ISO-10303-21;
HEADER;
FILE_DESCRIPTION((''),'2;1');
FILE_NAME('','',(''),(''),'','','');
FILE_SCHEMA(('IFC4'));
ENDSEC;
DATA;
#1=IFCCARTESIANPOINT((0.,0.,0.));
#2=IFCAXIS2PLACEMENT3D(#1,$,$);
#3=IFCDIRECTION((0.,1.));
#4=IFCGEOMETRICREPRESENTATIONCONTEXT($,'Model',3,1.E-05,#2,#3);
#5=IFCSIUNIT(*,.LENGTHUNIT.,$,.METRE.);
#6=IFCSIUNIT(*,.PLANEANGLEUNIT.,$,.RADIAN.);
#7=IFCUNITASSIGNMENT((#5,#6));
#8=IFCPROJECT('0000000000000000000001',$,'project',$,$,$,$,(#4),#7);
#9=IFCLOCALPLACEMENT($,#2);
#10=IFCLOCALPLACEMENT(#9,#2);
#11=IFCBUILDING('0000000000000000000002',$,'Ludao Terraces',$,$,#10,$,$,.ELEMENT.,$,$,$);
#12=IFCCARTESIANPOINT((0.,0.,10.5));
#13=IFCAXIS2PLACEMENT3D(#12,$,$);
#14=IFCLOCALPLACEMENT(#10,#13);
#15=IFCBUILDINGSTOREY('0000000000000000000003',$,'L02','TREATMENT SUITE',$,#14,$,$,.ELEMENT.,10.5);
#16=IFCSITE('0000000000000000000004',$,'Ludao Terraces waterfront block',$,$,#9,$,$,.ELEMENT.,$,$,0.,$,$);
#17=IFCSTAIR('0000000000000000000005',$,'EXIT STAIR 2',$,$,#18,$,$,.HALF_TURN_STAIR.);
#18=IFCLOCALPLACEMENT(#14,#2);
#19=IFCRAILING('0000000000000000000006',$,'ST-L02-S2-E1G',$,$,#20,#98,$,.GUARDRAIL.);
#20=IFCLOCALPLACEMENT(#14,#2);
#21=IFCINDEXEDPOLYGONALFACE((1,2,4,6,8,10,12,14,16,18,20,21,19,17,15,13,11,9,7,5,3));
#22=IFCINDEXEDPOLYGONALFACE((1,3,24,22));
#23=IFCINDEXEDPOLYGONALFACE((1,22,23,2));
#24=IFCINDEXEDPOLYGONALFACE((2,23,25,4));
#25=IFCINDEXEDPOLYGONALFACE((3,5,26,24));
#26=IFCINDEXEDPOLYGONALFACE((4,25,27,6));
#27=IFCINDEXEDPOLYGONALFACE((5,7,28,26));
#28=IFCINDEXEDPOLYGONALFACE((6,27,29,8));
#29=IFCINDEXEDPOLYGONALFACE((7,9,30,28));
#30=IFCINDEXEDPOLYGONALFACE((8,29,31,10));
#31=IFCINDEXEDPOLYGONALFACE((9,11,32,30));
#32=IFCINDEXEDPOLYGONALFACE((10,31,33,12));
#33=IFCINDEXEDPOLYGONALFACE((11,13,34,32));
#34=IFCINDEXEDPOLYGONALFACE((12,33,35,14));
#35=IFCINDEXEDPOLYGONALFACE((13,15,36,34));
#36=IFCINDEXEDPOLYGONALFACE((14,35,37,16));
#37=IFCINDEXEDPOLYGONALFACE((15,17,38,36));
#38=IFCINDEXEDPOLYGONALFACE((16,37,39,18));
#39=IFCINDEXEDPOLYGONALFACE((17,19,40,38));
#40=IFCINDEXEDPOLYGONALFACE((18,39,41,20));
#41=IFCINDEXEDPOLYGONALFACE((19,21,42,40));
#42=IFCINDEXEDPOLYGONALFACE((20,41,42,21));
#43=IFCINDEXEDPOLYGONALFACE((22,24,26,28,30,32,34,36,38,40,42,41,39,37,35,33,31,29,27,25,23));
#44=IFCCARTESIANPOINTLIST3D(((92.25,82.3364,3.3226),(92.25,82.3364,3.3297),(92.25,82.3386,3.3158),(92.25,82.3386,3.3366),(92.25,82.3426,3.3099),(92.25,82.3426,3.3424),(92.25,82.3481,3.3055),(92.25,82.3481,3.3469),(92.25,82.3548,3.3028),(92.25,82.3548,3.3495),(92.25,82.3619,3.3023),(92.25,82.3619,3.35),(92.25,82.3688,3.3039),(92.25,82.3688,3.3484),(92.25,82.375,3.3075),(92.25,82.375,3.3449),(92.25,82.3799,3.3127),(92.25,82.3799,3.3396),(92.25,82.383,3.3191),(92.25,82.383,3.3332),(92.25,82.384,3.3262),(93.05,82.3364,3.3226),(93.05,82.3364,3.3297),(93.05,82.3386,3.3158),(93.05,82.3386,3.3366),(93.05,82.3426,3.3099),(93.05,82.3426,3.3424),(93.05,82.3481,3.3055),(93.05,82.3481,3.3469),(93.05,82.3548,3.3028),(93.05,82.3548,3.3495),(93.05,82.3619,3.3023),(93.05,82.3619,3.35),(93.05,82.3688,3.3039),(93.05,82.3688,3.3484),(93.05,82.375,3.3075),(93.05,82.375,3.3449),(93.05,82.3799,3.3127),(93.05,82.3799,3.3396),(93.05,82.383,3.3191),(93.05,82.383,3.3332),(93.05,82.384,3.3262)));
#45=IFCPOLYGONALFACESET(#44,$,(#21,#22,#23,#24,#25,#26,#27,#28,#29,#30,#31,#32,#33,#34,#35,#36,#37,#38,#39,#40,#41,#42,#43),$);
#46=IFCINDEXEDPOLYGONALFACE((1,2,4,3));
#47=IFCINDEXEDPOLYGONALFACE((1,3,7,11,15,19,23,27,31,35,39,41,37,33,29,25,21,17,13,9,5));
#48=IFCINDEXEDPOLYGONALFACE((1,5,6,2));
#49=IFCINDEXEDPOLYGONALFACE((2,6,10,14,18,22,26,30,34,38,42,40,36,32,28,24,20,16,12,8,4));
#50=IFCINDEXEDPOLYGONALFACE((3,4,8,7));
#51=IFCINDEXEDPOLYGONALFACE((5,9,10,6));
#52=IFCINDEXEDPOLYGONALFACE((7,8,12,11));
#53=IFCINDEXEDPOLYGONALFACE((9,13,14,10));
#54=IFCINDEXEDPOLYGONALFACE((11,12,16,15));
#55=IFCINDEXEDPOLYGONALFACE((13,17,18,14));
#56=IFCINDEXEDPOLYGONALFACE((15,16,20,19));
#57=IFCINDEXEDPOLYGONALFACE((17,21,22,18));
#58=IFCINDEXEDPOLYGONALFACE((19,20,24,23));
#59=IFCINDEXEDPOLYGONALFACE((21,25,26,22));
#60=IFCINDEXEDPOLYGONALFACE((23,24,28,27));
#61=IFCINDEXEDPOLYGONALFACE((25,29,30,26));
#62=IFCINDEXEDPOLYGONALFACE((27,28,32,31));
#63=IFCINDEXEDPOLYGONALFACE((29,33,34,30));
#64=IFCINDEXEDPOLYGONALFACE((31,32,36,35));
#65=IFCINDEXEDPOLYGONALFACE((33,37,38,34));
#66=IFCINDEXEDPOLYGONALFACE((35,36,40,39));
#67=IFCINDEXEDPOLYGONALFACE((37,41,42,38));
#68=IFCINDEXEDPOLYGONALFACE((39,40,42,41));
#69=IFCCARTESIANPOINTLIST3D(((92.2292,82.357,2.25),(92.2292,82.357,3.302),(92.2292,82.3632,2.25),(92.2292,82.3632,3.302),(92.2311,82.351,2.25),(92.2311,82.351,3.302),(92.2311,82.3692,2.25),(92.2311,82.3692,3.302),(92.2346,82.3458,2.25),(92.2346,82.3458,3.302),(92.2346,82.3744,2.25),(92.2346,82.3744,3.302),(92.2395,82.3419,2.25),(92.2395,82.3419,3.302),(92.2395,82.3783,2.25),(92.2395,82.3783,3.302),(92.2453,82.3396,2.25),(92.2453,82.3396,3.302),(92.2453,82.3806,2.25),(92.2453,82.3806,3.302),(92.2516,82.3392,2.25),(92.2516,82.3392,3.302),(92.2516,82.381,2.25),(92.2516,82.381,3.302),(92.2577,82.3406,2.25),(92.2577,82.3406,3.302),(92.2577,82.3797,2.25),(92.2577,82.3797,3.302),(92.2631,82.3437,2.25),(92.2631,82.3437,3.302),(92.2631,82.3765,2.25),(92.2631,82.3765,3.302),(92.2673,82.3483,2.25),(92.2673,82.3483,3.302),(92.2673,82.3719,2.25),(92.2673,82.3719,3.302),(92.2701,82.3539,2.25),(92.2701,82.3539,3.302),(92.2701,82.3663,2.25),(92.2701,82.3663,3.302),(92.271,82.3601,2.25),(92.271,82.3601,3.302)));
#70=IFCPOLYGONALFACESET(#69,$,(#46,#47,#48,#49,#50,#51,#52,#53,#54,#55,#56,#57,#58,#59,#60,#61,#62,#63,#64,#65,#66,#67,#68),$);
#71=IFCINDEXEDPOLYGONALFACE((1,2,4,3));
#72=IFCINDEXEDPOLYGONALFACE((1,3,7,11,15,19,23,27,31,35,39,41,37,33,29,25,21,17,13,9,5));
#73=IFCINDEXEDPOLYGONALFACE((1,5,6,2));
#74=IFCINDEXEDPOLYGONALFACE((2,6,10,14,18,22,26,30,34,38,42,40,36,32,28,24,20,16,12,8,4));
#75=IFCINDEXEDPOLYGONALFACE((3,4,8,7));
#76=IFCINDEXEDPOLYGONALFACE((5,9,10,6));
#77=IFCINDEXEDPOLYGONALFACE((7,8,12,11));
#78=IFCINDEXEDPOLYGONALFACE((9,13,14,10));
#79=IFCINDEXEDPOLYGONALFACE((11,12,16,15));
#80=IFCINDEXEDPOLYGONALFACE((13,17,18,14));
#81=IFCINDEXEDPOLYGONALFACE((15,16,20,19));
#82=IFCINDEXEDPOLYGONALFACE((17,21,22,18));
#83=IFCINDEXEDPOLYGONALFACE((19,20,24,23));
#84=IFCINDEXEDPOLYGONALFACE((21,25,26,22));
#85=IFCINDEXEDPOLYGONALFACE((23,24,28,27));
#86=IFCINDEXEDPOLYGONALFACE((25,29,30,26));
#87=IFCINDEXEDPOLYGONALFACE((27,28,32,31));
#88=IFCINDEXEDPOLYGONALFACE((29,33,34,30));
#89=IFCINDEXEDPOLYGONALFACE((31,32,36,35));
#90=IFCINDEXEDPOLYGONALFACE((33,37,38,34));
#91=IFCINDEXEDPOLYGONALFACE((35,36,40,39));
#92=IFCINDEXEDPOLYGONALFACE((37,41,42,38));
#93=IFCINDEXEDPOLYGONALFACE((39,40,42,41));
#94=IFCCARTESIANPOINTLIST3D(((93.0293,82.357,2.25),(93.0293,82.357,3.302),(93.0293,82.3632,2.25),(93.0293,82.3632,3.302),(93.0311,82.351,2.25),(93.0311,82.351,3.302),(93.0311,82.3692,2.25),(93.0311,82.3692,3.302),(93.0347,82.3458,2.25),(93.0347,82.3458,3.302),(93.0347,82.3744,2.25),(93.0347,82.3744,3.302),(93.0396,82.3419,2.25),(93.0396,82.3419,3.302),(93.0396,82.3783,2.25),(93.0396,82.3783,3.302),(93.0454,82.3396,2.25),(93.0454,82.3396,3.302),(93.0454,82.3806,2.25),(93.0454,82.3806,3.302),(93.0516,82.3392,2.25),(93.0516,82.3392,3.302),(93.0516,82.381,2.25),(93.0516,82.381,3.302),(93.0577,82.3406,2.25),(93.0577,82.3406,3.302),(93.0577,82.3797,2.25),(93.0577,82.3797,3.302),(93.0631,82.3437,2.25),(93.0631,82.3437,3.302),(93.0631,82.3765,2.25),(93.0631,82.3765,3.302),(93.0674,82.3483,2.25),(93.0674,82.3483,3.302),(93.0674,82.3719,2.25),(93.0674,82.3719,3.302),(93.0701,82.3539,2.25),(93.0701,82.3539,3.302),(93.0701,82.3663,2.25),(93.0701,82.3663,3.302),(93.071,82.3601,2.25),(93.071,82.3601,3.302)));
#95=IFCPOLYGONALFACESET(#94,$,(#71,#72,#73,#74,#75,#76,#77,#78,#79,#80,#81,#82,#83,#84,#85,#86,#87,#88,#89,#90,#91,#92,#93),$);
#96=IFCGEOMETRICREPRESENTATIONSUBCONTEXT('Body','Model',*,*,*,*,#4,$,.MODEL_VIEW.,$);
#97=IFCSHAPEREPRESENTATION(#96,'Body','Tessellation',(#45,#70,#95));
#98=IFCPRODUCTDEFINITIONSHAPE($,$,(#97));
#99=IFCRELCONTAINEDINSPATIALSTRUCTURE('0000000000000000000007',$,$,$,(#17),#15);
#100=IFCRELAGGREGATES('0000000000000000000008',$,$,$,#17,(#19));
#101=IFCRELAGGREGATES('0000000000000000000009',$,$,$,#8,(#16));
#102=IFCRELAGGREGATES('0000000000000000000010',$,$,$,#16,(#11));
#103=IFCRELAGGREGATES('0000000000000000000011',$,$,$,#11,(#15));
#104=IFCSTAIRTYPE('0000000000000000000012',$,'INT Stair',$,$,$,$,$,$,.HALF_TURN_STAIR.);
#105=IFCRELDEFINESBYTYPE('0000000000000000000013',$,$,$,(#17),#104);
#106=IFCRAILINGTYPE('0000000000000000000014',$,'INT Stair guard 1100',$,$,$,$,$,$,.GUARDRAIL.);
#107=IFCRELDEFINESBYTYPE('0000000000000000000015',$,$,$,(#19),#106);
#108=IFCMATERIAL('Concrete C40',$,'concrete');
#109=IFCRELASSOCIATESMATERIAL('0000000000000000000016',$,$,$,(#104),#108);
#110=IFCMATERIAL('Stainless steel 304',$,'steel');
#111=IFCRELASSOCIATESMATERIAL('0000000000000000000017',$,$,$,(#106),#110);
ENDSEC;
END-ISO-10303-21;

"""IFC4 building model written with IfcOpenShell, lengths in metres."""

from ifc_helpers import new_model, si_unit, direction, frame, origin, origin_2d, place, context, subcontext, project, spatial, circle, extrude, material, type_object, element, aggregate, save


model = new_model("IFC4")

# Units and contexts
model_context = context("Model", 3, precision=1e-05, world=origin(), true_north=direction((0.0, 1.0)))
body_context = subcontext(model_context, "Body", "Model", "MODEL_VIEW")
ifc_project = project(units=[si_unit("LENGTHUNIT", "METRE"), si_unit("PLANEANGLEUNIT", "RADIAN")], contexts=[model_context])

# Site, building, storey
site_placement = place(None, origin())
site = spatial("IfcSite", under=ifc_project, at=site_placement, Name="Ludao Terraces waterfront block", CompositionType="ELEMENT", RefElevation=0.0)
building_placement = place(site_placement, origin())
building = spatial("IfcBuilding", under=site, at=building_placement, Name="Ludao Terraces", CompositionType="ELEMENT")
storey_placement = place(building_placement, frame((0.0, 0.0, 10.5)))
storey = spatial("IfcBuildingStorey", under=building, at=storey_placement, Name="L02", Description="TREATMENT SUITE", CompositionType="ELEMENT", Elevation=10.5)

# Shared definitions
ifc_material_1 = material(Name="Concrete C40", Category="concrete")

# Stair, railing
stair_type = type_object("IfcStairType", Name="INT Stair", PredefinedType="HALF_TURN_STAIR", material=ifc_material_1)
stair_placement = place(storey_placement, origin())
stair = element("IfcStair", 1, at=stair_placement, inside=storey, type_object=stair_type, Name="EXIT STAIR 2", PredefinedType="HALF_TURN_STAIR")
ifc_material_2 = material(Name="Stainless steel 304", Category="steel")
railing_type_1 = type_object("IfcRailingType", Name="INT Stair guard 1100", PredefinedType="GUARDRAIL", material=ifc_material_2)
railing_1_placement = place(storey_placement, frame((92.25, 82.3601, 2.25)))
railing_1 = element("IfcRailing", 2, at=railing_1_placement, type_object=railing_type_1, Name="ST-L02-S2-E1G", PredefinedType="GUARDRAIL", context=body_context, shape_type="SweptSolid", body=[
    extrude(circle(Radius=0.0239, at=origin_2d()), frame((0.0, 0.0, 1.0762), z_axis=(1.0, 0.0, 0.0), x_axis=(0.0, 1.0, 0.0)), (0.0, 0.0, 1.0), 0.8),
    extrude(circle(Radius=0.021, at=origin_2d()), origin(), (0.0, 0.0, 1.0), 1.052),
    extrude(circle(Radius=0.021, at=origin_2d()), frame((0.8, 0.0, 0.0)), (0.0, 0.0, 1.0), 1.052),
])
aggregate(stair, [railing_1])

save(model, "model.ifc")
